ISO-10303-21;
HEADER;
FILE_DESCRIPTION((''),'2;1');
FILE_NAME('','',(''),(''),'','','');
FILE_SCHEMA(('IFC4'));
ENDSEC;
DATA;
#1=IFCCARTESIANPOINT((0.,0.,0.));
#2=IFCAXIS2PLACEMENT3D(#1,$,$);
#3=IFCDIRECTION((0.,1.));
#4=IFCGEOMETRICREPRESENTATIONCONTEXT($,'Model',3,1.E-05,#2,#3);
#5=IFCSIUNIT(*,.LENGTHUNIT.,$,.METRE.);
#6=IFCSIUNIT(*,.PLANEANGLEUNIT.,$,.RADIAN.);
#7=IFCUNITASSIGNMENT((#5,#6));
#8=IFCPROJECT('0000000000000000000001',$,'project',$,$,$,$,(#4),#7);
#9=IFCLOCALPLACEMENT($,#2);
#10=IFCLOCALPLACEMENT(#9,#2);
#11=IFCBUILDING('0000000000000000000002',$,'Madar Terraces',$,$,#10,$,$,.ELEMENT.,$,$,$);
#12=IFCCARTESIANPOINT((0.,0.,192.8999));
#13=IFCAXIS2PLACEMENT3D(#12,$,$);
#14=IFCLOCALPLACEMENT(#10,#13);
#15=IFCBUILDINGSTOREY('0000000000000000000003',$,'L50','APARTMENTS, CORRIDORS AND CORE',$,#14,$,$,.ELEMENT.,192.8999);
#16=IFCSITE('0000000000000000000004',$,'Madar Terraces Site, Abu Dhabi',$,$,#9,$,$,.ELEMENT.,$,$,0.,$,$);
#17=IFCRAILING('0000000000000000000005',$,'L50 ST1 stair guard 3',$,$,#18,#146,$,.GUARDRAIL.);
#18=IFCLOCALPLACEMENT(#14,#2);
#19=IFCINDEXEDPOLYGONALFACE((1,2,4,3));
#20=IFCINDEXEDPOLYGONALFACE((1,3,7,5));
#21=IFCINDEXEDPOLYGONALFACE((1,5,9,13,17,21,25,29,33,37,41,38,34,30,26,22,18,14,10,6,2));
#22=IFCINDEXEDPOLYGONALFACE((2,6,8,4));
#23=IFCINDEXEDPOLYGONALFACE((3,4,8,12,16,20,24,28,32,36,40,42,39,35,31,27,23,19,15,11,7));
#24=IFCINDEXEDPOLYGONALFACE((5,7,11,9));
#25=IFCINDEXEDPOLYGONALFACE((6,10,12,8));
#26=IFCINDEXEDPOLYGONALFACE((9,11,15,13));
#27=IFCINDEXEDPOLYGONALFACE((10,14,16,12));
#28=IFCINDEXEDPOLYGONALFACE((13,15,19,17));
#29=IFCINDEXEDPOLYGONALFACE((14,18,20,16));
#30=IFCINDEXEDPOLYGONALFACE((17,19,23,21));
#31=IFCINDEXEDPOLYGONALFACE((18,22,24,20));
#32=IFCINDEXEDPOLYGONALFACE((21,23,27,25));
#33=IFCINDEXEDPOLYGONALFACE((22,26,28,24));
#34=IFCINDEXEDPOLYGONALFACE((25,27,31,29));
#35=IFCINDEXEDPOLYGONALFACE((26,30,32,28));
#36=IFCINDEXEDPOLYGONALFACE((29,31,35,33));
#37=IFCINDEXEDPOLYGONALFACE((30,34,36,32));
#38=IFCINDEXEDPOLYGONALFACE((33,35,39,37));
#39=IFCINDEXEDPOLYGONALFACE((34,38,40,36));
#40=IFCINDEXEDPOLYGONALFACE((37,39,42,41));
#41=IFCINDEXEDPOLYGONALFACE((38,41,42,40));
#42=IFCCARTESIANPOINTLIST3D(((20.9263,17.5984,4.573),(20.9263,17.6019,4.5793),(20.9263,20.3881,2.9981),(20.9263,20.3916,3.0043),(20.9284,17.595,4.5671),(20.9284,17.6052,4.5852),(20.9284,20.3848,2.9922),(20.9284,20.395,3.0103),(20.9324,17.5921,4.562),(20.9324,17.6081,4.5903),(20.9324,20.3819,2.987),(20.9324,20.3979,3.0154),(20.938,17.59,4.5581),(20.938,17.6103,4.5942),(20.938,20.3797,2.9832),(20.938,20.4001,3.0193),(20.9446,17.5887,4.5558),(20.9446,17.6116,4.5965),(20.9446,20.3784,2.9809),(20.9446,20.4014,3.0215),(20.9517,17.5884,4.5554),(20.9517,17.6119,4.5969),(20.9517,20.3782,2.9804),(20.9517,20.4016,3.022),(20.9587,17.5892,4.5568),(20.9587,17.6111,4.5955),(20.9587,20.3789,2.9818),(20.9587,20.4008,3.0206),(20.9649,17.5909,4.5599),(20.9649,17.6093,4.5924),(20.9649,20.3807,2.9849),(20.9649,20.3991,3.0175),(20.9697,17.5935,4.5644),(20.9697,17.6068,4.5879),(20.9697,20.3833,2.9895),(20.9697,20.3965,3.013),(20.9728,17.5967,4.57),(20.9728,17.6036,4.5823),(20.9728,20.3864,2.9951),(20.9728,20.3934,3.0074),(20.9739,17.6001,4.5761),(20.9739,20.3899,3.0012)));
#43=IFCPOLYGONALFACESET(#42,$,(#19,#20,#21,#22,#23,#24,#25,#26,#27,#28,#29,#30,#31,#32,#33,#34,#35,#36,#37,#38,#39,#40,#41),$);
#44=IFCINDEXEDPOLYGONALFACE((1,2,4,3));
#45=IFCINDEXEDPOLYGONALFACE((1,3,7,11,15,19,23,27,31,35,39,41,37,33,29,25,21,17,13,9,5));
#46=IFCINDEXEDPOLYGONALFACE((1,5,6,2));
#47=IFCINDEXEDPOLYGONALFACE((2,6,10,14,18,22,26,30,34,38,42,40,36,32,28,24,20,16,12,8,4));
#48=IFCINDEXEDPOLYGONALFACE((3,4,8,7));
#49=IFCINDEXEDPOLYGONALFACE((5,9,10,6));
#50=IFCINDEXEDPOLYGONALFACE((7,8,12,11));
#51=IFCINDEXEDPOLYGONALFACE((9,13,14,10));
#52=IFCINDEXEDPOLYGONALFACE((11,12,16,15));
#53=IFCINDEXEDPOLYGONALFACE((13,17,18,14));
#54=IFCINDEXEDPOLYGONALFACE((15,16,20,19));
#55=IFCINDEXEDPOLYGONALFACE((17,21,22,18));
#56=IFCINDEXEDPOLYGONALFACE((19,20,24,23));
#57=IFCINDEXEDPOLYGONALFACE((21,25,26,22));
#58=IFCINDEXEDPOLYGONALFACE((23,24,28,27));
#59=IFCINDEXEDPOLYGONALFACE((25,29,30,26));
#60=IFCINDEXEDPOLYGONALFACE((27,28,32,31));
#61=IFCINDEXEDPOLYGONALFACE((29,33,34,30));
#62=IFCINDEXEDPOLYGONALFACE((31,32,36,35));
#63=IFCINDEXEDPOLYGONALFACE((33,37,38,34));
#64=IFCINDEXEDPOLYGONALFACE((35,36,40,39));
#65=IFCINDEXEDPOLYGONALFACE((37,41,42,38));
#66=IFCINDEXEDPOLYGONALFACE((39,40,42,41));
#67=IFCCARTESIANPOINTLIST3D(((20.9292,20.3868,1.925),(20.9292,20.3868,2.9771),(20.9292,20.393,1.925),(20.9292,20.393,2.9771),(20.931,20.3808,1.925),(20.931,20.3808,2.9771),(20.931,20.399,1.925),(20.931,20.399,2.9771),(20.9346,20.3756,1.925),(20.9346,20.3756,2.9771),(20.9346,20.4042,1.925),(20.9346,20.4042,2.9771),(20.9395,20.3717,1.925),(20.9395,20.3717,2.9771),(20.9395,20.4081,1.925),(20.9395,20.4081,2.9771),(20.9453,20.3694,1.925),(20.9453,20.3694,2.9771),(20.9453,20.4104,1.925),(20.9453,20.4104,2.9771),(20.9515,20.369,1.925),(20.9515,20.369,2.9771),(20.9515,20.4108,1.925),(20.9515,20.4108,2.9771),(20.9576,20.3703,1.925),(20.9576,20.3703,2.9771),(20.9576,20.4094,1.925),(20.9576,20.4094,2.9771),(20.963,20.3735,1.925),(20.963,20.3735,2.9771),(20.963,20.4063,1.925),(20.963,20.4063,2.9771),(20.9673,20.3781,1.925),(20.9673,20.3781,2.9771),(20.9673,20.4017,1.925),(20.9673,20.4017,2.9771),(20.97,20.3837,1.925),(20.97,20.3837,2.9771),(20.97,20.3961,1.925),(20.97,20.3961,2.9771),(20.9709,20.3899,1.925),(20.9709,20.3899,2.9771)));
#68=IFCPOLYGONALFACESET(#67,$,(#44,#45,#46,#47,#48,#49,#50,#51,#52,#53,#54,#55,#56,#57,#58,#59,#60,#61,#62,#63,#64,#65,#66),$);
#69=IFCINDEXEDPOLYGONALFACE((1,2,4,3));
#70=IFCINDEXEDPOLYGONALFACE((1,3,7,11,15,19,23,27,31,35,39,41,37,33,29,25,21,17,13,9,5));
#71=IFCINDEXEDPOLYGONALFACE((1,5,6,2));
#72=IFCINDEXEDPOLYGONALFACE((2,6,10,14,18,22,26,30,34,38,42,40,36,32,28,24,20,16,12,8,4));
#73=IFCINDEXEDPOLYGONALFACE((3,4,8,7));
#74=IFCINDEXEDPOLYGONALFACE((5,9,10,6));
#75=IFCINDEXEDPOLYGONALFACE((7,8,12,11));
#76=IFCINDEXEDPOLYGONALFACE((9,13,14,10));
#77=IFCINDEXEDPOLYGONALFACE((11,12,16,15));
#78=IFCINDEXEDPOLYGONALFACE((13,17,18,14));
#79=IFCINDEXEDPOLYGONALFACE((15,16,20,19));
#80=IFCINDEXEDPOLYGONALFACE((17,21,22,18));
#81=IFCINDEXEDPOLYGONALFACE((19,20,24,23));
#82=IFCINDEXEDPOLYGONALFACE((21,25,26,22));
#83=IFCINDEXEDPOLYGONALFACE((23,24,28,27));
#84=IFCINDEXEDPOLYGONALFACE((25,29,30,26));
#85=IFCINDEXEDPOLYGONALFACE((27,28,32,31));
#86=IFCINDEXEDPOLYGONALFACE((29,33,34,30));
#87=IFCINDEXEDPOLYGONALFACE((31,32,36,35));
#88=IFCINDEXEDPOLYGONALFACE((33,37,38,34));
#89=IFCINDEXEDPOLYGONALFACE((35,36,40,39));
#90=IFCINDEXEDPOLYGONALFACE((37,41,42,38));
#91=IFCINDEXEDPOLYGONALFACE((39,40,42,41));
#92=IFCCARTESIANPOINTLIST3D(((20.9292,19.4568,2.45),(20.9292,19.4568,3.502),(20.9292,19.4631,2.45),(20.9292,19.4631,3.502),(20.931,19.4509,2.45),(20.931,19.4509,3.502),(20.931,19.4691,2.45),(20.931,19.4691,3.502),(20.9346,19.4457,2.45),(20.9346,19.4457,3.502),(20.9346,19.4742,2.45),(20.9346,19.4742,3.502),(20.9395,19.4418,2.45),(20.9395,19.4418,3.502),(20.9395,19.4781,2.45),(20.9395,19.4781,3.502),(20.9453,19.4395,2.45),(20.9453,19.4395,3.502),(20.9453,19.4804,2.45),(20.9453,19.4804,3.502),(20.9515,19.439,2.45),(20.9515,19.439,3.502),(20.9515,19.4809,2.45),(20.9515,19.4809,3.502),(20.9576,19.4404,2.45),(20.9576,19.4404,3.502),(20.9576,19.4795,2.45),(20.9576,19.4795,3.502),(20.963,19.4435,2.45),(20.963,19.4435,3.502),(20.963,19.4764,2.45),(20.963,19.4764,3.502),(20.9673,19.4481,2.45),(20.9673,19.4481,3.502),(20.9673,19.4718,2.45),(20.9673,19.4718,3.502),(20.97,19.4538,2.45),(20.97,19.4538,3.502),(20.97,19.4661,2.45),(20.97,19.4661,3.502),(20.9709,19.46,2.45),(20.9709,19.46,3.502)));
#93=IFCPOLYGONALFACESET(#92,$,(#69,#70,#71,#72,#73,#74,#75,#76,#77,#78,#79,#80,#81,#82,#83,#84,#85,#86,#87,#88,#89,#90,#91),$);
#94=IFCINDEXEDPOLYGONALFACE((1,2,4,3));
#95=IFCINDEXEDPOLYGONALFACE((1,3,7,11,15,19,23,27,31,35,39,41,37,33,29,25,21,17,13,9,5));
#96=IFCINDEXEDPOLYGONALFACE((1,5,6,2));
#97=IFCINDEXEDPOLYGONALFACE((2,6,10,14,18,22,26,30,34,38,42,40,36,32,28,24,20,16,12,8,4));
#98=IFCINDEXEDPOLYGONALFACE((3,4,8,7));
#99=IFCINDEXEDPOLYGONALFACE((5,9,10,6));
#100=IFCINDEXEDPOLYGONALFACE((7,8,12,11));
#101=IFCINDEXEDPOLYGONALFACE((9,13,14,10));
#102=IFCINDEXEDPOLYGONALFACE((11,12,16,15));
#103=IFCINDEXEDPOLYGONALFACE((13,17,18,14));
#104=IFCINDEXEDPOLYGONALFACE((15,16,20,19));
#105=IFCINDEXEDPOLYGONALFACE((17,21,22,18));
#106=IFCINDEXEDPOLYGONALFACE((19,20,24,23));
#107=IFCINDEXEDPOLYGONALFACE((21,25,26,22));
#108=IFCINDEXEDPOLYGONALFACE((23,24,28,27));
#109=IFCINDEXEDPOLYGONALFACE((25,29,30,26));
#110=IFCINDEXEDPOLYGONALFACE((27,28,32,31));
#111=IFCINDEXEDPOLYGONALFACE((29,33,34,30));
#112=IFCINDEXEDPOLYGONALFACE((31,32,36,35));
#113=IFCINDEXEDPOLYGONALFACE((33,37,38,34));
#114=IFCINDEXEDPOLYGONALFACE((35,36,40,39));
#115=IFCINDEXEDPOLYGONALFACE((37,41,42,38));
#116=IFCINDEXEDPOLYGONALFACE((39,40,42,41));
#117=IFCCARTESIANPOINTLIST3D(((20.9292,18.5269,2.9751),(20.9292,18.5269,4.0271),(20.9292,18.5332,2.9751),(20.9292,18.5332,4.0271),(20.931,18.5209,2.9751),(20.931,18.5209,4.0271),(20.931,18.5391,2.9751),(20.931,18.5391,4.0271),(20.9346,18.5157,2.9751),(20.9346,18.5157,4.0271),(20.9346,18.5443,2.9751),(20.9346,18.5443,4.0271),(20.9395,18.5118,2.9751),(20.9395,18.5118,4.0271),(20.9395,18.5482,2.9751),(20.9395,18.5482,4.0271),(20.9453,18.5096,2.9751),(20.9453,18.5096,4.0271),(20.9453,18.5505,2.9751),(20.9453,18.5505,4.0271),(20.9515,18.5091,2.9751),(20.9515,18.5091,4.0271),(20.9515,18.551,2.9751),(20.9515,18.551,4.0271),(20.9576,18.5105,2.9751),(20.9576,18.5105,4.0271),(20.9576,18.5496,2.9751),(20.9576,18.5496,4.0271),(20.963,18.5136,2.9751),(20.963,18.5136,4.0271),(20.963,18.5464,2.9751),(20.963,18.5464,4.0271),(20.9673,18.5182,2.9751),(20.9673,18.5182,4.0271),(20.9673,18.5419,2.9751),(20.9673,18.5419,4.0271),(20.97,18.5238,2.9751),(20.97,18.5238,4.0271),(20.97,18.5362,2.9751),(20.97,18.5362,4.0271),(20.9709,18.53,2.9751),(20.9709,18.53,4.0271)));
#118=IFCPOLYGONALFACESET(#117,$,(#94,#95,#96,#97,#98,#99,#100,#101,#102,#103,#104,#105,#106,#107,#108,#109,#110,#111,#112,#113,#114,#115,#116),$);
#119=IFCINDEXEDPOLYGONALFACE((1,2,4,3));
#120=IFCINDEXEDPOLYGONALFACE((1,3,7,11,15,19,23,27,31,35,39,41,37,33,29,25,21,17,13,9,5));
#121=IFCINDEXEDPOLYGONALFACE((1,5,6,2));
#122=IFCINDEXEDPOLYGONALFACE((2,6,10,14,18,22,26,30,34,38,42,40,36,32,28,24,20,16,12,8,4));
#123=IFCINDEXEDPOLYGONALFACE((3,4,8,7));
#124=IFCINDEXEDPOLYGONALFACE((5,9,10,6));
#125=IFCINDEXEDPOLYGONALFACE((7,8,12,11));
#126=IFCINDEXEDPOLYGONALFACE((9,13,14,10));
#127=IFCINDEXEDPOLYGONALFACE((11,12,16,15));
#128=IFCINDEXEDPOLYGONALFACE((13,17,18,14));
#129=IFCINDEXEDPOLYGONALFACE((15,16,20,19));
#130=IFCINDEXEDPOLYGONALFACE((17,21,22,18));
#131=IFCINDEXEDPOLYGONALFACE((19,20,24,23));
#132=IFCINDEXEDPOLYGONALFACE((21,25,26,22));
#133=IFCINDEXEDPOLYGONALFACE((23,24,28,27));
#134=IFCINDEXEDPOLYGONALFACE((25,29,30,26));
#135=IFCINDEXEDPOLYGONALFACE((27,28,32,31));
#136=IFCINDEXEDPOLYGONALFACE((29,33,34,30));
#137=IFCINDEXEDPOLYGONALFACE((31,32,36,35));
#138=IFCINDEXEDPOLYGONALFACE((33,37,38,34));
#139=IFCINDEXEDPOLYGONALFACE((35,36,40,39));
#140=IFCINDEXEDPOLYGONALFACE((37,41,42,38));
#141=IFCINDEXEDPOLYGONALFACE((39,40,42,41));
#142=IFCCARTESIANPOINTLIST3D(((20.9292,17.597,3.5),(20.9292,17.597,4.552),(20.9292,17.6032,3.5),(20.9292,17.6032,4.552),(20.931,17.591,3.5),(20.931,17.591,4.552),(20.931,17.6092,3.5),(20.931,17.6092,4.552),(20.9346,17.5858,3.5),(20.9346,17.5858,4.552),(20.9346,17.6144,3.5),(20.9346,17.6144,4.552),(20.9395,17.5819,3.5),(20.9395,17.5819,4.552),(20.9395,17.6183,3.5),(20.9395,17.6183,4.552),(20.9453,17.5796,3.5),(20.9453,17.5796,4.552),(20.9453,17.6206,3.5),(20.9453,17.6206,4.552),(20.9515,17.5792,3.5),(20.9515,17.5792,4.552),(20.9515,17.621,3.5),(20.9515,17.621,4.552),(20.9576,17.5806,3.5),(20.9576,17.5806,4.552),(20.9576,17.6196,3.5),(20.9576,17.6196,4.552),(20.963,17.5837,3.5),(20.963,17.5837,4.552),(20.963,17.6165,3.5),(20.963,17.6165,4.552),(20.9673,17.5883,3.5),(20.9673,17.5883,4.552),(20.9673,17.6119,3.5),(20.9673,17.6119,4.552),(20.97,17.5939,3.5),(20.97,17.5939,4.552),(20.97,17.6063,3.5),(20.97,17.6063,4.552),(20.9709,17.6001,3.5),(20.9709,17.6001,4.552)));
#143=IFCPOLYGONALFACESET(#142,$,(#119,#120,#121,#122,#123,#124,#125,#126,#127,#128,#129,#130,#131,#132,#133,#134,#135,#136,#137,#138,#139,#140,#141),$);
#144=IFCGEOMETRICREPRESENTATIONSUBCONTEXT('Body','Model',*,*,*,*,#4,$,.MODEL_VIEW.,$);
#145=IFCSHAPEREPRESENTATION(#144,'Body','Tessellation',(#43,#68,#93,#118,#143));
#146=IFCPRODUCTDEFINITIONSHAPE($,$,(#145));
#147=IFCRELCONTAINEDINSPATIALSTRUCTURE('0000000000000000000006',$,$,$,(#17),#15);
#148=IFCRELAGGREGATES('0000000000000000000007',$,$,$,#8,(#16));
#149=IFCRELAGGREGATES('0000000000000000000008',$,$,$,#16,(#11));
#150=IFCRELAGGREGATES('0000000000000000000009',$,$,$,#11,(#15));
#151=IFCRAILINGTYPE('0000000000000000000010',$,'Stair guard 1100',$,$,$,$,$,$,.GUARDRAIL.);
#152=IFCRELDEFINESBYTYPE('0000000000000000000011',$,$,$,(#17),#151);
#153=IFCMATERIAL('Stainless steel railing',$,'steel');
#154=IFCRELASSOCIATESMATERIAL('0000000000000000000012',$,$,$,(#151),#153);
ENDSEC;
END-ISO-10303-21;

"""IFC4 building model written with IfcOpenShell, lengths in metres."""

from ifc_helpers import new_model, si_unit, direction, frame, origin, origin_2d, place, context, subcontext, project, spatial, circle, extrude, material, type_object, element, save


model = new_model("IFC4")

# Units and contexts
model_context = context("Model", 3, precision=1e-05, world=origin(), true_north=direction((0.0, 1.0)))
body_context = subcontext(model_context, "Body", "Model", "MODEL_VIEW")
ifc_project = project(units=[si_unit("LENGTHUNIT", "METRE"), si_unit("PLANEANGLEUNIT", "RADIAN")], contexts=[model_context])

# Site, building, storey
site_placement = place(None, origin())
site = spatial("IfcSite", under=ifc_project, at=site_placement, Name="Madar Terraces Site, Abu Dhabi", CompositionType="ELEMENT", RefElevation=0.0)
building_placement = place(site_placement, origin())
building = spatial("IfcBuilding", under=site, at=building_placement, Name="Madar Terraces", CompositionType="ELEMENT")
storey_placement = place(building_placement, frame((0.0, 0.0, 192.8999)))
storey = spatial("IfcBuildingStorey", under=building, at=storey_placement, Name="L50", Description="APARTMENTS, CORRIDORS AND CORE", CompositionType="ELEMENT", Elevation=192.8999)

# Railing
ifc_material_1 = material(Name="Stainless steel railing", Category="steel")
railing_type_1 = type_object("IfcRailingType", Name="Stair guard 1100", PredefinedType="GUARDRAIL", material=ifc_material_1)
railing_1_placement = place(storey_placement, frame((20.95, 20.3899, 1.925)))
element("IfcRailing", 1, at=railing_1_placement, inside=storey, type_object=railing_type_1, Name="L50 ST1 stair guard 3", PredefinedType="GUARDRAIL", context=body_context, shape_type="SweptSolid", body=[
    extrude(circle(Radius=0.0239, at=origin_2d()), frame((0.0, 0.0, 1.0762), z_axis=(0.0, -0.870815, 0.49161), x_axis=(1.0, 0.0, 0.0)), (0.0, 0.0, 1.0), 3.2036),
    extrude(circle(Radius=0.021, at=origin_2d()), origin(), (0.0, 0.0, 1.0), 1.052),
    extrude(circle(Radius=0.021, at=origin_2d()), frame((0.0, -0.9299, 0.5249)), (0.0, 0.0, 1.0), 1.052),
    extrude(circle(Radius=0.021, at=origin_2d()), frame((0.0, -1.8599, 1.05)), (0.0, 0.0, 1.0), 1.052),
    extrude(circle(Radius=0.021, at=origin_2d()), frame((0.0, -2.7898, 1.575)), (0.0, 0.0, 1.0), 1.052),
])

save(model, "model.ifc")
